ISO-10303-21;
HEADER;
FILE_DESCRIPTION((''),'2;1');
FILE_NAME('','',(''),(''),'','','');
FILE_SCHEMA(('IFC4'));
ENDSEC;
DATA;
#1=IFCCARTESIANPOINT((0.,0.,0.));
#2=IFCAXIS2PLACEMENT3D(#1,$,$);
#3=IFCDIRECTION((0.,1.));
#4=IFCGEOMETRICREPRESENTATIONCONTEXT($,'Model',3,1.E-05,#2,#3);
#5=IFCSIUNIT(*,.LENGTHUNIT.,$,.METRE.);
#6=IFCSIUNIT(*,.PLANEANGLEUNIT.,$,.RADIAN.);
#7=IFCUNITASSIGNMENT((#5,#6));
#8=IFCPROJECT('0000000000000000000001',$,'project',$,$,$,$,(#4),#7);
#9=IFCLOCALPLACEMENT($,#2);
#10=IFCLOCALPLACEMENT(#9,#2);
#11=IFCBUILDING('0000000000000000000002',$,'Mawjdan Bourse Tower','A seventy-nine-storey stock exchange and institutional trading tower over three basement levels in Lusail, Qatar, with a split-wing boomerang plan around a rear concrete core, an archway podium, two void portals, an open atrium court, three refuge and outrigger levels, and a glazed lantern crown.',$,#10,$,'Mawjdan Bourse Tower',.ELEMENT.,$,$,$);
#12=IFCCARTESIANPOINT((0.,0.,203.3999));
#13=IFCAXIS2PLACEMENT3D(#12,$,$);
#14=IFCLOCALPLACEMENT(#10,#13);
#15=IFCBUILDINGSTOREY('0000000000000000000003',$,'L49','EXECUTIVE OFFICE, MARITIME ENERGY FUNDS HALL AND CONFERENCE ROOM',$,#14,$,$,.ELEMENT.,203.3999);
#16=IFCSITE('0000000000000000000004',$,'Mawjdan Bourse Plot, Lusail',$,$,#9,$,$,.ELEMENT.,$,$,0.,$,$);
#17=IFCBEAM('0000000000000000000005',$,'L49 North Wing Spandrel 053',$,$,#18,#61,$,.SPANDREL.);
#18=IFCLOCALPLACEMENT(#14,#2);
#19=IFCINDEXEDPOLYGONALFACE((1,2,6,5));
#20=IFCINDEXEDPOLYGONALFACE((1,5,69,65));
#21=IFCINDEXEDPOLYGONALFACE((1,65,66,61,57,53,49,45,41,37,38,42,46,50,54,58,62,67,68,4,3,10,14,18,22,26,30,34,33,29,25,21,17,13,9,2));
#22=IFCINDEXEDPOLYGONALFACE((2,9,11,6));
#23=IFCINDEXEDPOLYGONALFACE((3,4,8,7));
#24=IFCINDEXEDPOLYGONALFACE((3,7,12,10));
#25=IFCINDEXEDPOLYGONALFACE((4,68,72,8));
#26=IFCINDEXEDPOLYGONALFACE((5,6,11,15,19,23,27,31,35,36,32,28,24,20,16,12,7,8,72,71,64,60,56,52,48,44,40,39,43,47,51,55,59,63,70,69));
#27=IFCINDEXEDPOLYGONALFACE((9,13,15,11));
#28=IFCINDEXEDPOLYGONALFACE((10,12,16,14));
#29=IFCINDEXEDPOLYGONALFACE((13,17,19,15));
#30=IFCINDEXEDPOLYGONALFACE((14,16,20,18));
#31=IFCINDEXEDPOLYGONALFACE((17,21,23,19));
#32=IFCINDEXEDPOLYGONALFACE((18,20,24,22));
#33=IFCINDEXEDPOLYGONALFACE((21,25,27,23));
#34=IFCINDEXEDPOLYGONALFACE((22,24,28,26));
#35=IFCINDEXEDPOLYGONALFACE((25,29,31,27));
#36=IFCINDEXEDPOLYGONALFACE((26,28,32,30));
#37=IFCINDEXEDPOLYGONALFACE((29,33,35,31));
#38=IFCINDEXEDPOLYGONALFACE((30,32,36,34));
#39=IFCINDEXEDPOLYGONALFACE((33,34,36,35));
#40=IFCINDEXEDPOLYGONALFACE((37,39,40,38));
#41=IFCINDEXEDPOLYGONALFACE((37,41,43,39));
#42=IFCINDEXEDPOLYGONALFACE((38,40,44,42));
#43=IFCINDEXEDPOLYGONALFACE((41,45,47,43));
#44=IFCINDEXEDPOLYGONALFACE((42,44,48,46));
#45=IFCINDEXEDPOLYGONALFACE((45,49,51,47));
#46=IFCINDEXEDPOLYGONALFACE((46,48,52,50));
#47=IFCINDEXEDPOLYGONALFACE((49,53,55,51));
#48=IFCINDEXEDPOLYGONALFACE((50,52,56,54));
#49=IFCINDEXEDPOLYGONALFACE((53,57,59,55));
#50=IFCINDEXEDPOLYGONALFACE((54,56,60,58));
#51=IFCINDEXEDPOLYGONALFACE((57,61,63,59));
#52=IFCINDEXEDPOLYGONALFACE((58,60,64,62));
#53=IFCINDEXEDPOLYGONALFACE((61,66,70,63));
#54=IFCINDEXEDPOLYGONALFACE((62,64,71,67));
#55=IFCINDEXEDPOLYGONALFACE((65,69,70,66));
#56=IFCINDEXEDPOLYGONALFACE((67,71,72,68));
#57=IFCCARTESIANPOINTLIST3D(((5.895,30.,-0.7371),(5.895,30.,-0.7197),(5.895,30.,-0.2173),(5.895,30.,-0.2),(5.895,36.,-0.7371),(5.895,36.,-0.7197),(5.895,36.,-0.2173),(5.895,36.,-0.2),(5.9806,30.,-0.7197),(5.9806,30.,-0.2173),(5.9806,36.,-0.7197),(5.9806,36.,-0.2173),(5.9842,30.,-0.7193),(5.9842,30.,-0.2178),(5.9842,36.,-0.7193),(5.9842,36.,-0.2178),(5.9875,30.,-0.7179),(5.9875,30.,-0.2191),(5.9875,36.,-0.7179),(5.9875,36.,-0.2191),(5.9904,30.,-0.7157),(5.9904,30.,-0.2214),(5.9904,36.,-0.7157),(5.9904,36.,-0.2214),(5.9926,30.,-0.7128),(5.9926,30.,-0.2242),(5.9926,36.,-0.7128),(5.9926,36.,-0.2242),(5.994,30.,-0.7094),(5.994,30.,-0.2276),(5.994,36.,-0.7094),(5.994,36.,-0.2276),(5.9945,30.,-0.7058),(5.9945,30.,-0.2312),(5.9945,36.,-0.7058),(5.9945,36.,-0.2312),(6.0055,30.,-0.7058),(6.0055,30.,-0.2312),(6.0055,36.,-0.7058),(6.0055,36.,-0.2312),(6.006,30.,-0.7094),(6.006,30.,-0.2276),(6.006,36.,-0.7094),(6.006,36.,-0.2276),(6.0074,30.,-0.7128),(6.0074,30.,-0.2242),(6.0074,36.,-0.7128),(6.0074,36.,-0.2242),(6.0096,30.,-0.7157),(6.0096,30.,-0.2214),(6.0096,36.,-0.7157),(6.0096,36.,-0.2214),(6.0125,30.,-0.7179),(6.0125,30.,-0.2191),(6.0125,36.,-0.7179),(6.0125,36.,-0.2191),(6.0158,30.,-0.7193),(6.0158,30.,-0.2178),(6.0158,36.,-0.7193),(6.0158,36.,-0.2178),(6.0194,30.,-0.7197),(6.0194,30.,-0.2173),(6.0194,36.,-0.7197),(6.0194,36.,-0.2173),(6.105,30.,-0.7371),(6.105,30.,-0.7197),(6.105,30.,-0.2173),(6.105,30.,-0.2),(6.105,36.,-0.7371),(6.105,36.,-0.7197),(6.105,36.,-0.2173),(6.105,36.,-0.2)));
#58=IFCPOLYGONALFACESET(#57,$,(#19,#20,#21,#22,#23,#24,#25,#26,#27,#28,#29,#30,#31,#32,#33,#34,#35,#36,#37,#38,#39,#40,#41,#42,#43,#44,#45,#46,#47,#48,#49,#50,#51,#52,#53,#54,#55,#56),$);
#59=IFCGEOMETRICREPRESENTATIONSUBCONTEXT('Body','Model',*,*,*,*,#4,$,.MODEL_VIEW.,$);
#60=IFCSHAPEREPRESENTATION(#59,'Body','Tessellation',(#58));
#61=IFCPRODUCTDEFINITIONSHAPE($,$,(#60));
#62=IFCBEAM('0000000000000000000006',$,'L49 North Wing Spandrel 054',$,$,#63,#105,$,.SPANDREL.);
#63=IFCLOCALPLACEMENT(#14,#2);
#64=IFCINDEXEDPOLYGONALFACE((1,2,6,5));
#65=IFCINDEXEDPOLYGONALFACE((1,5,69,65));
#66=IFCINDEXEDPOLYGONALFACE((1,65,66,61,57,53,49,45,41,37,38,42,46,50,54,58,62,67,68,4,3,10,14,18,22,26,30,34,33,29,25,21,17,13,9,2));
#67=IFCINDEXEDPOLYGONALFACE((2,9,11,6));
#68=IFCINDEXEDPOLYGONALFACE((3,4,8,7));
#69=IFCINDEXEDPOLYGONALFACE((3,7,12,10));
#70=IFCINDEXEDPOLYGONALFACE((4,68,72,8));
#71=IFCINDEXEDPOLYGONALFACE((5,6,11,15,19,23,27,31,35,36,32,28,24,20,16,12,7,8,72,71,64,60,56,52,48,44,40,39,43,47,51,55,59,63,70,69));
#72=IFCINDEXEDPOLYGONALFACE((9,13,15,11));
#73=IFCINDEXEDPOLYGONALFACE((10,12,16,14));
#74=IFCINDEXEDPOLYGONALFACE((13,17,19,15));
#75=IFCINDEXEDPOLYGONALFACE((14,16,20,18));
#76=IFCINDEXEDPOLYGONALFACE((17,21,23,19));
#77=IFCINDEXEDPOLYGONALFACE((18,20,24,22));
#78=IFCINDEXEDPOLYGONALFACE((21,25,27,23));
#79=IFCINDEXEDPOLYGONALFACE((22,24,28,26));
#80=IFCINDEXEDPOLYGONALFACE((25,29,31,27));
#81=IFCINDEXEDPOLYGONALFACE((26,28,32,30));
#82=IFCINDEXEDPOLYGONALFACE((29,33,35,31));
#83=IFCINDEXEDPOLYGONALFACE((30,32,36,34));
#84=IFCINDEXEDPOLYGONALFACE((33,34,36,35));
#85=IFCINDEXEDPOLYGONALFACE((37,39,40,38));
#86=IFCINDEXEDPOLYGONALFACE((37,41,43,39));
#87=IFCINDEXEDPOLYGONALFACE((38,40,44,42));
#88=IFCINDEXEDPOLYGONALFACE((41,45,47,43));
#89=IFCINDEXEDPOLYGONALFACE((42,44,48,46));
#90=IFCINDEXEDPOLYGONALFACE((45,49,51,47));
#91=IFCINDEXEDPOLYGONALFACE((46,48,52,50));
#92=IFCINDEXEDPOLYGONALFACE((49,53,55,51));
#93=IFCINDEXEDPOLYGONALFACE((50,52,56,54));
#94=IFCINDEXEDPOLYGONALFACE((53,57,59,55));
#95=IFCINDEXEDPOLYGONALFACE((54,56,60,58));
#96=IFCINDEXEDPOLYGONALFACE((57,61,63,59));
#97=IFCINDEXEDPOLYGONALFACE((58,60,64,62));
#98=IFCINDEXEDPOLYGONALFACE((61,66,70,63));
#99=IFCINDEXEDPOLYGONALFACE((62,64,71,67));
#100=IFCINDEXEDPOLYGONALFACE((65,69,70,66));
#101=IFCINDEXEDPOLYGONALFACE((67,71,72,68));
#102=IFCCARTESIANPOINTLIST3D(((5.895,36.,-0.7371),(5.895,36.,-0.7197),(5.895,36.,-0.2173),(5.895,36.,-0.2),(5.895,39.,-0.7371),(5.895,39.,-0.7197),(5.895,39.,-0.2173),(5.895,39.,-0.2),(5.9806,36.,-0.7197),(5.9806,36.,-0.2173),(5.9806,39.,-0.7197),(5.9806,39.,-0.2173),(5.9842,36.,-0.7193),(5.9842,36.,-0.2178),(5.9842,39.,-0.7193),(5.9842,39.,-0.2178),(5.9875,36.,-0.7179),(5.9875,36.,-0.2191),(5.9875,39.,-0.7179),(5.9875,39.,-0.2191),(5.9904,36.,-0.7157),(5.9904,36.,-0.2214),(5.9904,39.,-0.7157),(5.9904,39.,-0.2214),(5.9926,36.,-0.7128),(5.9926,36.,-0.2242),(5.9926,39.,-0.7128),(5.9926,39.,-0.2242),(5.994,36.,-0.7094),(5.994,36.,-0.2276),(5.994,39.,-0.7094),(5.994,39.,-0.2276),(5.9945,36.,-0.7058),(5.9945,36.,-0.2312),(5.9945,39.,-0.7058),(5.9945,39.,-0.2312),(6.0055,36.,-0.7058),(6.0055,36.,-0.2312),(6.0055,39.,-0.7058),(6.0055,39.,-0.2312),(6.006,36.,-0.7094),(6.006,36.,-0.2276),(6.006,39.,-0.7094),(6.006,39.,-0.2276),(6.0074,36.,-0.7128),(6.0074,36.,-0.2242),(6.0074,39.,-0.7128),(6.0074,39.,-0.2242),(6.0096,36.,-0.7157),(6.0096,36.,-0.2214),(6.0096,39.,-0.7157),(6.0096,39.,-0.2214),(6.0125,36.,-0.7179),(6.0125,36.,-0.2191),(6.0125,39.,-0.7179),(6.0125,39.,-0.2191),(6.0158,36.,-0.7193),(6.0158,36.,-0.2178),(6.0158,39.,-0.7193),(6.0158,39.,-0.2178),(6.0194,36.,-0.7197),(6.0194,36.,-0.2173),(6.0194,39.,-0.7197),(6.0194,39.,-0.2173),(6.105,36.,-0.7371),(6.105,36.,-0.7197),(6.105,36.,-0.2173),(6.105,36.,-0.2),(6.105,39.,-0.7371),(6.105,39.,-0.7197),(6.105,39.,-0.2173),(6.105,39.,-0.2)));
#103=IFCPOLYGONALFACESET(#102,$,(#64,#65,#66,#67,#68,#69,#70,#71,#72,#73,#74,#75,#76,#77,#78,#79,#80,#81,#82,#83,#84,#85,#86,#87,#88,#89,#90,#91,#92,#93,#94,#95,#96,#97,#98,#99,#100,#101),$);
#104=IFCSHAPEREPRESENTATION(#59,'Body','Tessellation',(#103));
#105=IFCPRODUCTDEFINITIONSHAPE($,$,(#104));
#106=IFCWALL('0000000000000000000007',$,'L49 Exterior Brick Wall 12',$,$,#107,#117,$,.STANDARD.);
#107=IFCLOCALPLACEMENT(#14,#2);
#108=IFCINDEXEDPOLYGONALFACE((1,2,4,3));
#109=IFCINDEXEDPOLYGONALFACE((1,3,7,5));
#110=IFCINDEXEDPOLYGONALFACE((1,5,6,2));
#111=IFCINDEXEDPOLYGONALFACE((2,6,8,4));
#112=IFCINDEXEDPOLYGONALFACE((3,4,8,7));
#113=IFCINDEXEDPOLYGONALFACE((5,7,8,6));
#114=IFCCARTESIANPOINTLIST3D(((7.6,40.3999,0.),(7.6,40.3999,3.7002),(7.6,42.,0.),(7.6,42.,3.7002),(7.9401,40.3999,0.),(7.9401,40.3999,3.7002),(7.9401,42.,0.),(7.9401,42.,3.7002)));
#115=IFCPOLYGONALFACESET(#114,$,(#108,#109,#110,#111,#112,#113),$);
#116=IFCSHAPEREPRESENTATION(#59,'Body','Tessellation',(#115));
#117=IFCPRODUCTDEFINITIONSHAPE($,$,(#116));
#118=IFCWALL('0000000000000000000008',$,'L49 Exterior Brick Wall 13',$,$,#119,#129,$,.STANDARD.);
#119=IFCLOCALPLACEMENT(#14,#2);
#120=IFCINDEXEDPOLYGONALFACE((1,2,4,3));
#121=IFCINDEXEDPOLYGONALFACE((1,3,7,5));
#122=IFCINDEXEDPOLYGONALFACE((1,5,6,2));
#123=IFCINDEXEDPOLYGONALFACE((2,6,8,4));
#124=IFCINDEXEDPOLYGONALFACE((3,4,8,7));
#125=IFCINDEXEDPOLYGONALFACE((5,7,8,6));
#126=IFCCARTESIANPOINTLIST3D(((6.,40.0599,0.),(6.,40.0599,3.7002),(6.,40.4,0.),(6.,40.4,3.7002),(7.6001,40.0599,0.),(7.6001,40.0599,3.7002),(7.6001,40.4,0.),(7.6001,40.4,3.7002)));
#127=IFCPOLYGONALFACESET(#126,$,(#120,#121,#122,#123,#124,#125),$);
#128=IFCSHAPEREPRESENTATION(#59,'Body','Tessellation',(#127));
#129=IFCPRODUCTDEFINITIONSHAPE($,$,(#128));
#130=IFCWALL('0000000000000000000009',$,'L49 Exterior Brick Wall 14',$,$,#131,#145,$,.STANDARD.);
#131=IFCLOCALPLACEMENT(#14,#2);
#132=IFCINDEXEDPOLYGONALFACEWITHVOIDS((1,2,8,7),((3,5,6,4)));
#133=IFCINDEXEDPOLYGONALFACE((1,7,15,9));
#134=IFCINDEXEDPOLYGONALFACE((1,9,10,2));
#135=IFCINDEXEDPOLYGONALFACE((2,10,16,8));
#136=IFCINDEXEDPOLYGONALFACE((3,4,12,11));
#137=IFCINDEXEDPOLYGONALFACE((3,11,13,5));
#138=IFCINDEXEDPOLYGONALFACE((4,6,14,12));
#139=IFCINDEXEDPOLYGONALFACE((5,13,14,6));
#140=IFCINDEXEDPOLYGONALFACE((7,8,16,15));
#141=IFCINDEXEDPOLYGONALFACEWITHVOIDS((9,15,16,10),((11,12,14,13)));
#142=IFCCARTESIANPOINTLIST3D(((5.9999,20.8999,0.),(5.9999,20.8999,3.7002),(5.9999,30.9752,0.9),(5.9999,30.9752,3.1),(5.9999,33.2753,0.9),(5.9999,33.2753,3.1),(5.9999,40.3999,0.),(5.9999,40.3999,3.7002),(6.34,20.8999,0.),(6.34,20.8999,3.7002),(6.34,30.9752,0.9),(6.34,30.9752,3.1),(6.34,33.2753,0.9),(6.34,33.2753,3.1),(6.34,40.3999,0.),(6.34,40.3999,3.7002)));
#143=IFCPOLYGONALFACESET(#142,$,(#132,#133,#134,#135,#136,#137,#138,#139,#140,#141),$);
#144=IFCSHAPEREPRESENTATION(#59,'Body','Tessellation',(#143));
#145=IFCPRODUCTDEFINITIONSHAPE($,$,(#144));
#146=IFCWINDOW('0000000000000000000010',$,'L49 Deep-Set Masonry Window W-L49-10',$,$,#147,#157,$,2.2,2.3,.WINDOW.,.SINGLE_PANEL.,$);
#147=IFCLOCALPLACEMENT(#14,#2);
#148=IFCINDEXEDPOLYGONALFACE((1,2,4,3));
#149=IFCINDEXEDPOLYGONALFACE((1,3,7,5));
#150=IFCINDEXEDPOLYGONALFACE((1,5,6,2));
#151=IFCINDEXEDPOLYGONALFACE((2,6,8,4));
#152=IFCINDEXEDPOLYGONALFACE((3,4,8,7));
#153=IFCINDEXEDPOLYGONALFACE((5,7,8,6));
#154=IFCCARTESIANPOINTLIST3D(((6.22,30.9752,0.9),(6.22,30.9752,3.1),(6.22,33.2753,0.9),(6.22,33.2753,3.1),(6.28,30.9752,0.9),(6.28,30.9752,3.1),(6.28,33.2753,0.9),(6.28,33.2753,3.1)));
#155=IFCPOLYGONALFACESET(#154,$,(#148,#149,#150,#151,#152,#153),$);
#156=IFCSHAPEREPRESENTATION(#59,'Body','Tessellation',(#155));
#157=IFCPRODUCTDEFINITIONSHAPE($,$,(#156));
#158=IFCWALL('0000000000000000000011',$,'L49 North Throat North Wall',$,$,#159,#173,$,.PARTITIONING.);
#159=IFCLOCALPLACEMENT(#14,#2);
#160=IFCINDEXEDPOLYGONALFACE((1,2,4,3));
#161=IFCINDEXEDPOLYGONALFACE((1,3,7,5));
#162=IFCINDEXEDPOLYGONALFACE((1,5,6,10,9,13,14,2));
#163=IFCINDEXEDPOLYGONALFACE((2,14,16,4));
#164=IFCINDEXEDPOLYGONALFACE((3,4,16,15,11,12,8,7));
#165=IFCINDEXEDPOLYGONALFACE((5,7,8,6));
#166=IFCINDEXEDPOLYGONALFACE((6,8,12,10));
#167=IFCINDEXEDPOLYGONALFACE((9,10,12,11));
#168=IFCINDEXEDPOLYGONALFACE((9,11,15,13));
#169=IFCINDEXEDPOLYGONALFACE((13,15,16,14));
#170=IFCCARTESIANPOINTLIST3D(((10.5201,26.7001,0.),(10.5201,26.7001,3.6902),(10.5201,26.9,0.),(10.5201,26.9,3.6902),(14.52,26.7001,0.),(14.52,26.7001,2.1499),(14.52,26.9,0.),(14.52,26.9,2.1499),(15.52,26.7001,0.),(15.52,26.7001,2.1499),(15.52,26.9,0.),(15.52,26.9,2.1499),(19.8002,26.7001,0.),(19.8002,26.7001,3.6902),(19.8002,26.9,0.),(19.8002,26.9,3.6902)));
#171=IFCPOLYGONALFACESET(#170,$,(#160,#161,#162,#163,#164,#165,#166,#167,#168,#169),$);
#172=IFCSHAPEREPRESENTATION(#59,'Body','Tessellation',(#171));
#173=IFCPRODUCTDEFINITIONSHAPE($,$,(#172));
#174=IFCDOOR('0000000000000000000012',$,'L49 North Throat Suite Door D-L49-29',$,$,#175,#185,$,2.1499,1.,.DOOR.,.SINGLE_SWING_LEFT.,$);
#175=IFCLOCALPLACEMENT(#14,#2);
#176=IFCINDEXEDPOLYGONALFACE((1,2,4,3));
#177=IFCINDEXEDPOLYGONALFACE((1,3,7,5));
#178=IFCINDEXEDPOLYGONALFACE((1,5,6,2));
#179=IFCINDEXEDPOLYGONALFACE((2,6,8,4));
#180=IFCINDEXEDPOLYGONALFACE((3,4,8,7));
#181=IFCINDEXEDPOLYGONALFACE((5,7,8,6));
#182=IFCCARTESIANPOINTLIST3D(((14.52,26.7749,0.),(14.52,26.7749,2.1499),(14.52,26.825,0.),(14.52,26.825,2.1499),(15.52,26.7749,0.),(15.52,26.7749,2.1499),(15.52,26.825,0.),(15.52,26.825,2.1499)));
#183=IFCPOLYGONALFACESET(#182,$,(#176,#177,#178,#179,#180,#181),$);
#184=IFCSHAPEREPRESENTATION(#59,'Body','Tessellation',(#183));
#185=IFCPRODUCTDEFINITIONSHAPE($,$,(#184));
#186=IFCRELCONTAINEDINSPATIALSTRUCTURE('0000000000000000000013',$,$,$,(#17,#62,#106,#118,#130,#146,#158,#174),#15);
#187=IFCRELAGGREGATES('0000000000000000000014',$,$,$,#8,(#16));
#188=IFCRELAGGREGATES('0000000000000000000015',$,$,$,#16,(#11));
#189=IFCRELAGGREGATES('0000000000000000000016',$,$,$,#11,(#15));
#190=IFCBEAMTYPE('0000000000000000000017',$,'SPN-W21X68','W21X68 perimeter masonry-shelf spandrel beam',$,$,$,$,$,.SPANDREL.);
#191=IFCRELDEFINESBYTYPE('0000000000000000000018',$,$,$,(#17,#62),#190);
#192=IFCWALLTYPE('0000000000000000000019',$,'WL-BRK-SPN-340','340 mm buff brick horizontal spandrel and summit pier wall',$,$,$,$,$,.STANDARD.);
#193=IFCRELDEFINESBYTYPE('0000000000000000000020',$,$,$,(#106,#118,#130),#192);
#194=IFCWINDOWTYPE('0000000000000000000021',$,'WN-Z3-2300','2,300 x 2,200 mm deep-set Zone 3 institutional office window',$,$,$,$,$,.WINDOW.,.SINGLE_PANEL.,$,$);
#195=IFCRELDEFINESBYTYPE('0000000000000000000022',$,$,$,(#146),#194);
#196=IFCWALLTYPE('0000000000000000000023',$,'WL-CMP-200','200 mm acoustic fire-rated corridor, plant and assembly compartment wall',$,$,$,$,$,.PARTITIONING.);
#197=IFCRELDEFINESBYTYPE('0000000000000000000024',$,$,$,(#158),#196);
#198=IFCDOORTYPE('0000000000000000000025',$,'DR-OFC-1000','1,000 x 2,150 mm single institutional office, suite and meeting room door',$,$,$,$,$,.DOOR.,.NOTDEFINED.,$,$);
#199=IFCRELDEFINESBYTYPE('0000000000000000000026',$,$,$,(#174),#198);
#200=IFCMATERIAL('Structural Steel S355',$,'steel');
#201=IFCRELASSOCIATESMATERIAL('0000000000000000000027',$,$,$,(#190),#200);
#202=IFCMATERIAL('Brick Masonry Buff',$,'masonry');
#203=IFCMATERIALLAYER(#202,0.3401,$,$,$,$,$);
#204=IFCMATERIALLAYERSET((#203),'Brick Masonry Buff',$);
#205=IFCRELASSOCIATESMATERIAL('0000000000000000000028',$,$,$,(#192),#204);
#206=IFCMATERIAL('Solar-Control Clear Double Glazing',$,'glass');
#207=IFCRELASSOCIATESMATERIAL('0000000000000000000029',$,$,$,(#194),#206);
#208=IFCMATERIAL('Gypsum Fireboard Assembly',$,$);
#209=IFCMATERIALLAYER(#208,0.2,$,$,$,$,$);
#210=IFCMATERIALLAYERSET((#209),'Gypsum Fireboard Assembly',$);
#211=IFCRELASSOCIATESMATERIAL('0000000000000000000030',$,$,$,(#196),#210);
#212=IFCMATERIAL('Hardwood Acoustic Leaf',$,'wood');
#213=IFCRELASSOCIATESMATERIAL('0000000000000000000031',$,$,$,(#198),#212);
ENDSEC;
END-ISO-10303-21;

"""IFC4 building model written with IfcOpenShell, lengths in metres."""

from ifc_helpers import new_model, si_unit, direction, frame, frame_2d, origin, origin_2d, place, context, subcontext, project, spatial, rectangle, i_section, extrude, material, layer, layer_set, material_profile, profile_set, type_object, element, fill, save


model = new_model("IFC4")

# Units and contexts
model_context = context("Model", 3, precision=1e-05, world=origin(), true_north=direction((0.0, 1.0)))
body_context = subcontext(model_context, "Body", "Model", "MODEL_VIEW")
ifc_project = project(units=[si_unit("LENGTHUNIT", "METRE"), si_unit("PLANEANGLEUNIT", "RADIAN")], contexts=[model_context])

# Site, building, storey
site_placement = place(None, origin())
site = spatial("IfcSite", under=ifc_project, at=site_placement, Name="Mawjdan Bourse Plot, Lusail", CompositionType="ELEMENT", RefElevation=0.0)
building_placement = place(site_placement, origin())
building = spatial("IfcBuilding", under=site, at=building_placement, Name="Mawjdan Bourse Tower", Description="A seventy-nine-storey stock exchange and institutional trading tower over three basement levels in Lusail, Qatar, with a split-wing boomerang plan around a rear concrete core, an archway podium, two void portals, an open atrium court, three refuge and outrigger levels, and a glazed lantern crown.", LongName="Mawjdan Bourse Tower", CompositionType="ELEMENT")
storey_placement = place(building_placement, frame((0.0, 0.0, 203.3999)))
storey = spatial("IfcBuildingStorey", under=building, at=storey_placement, Name="L49", Description="EXECUTIVE OFFICE, MARITIME ENERGY FUNDS HALL AND CONFERENCE ROOM", CompositionType="ELEMENT", Elevation=203.3999)

# Beams
ifc_material_1 = material(Name="Structural Steel S355", Category="steel")
ifc_material_profile_1 = material_profile(ifc_material_1, i_section(OverallWidth=0.21, OverallDepth=0.5371, WebThickness=0.011, FlangeThickness=0.0173, FilletRadius=0.0139, at=origin_2d()), Name="W21X68")
ifc_profile_set_1 = profile_set([ifc_material_profile_1], Name="Structural Steel S355")
beam_type_1 = type_object("IfcBeamType", Name="SPN-W21X68", Description="W21X68 perimeter masonry-shelf spandrel beam", PredefinedType="SPANDREL", material=ifc_profile_set_1)
beam_1_placement = place(storey_placement, frame((6.0, 30.0, -0.4685), z_axis=(0.0, 1.0, 0.0), x_axis=(-1.0, 0.0, 0.0)))
element("IfcBeam", 1, at=beam_1_placement, inside=storey, type_object=beam_type_1, Name="L49 North Wing Spandrel 053", PredefinedType="SPANDREL", context=body_context, shape_type="SweptSolid", body=[
    extrude(i_section(OverallWidth=0.21, OverallDepth=0.5371, WebThickness=0.011, FlangeThickness=0.0173, FilletRadius=0.0139, at=origin_2d()), origin(), (0.0, 0.0, 1.0), 6.0),
])
beam_2_placement = place(storey_placement, frame((6.0, 36.0, -0.4685), z_axis=(0.0, 1.0, 0.0), x_axis=(-1.0, 0.0, 0.0)))
element("IfcBeam", 2, at=beam_2_placement, inside=storey, type_object=beam_type_1, Name="L49 North Wing Spandrel 054", PredefinedType="SPANDREL", context=body_context, shape_type="SweptSolid", body=[
    extrude(i_section(OverallWidth=0.21, OverallDepth=0.5371, WebThickness=0.011, FlangeThickness=0.0173, FilletRadius=0.0139, at=origin_2d()), origin(), (0.0, 0.0, 1.0), 3.0),
])

# Walls
ifc_material_2 = material(Name="Brick Masonry Buff", Category="masonry")
ifc_layer_1 = layer(ifc_material_2, 0.3401)
ifc_layer_set_1 = layer_set([ifc_layer_1], Name="Brick Masonry Buff")
wall_type_1 = type_object("IfcWallType", Name="WL-BRK-SPN-340", Description="340 mm buff brick horizontal spandrel and summit pier wall", PredefinedType="STANDARD", material=ifc_layer_set_1)
for number, where, z_axis, x_axis, name in (
    (3, (7.77, 42.0, 0.0), (0.0, 0.0, 1.0), (0.0, -1.0, 0.0), "L49 Exterior Brick Wall 12"),
    (4, (7.6001, 40.23, 0.0), (0.0, 0.0, 1.0), (-1.0, 0.0, 0.0), "L49 Exterior Brick Wall 13"),
):
    element("IfcWall", number, at=place(storey_placement, frame(where, z_axis=z_axis, x_axis=x_axis)), inside=storey, type_object=wall_type_1, Name=name, PredefinedType="STANDARD", context=body_context, shape_type="SweptSolid", body=[
        extrude(rectangle(XDim=1.6001, YDim=0.3401, at=frame_2d((0.8, 0.0))), origin(), (0.0, 0.0, 1.0), 3.7002),
    ])

# Wall, opening, window
wall_1_placement = place(storey_placement, frame((6.1699, 40.3999, 0.0), z_axis=(0.0, 0.0, 1.0), x_axis=(0.0, -1.0, 0.0)))
wall_1 = element("IfcWall", 5, at=wall_1_placement, inside=storey, type_object=wall_type_1, Name="L49 Exterior Brick Wall 14", PredefinedType="STANDARD", context=body_context, shape_type="SweptSolid", body=[
    extrude(rectangle(XDim=19.5, YDim=0.3401, at=frame_2d((9.75, 0.0))), origin(), (0.0, 0.0, 1.0), 3.7002),
])
opening_1_placement = place(wall_1_placement, frame((7.1248, 0.0, 0.8999)))
opening_1 = element("IfcOpeningElement", 6, at=opening_1_placement, cuts=wall_1, PredefinedType="OPENING", context=body_context, shape_type="SweptSolid", body=[
    extrude(rectangle(XDim=2.3, YDim=2.2, at=frame_2d((1.1499, 1.1001))), frame((0.0, 0.1802, 0.0), z_axis=(0.0, -1.0, 0.0), x_axis=(1.0, 0.0, 0.0)), (0.0, 0.0, 1.0), 0.3601),
])
ifc_material_3 = material(Name="Solar-Control Clear Double Glazing", Category="glass")
window_type = type_object("IfcWindowType", Name="WN-Z3-2300", Description="2,300 x 2,200 mm deep-set Zone 3 institutional office window", PartitioningType="SINGLE_PANEL", PredefinedType="WINDOW", material=ifc_material_3)
window_placement = place(opening_1_placement, origin())
window = element("IfcWindow", 7, at=window_placement, inside=storey, type_object=window_type, Name="L49 Deep-Set Masonry Window W-L49-10", OverallHeight=2.2, OverallWidth=2.3, PartitioningType="SINGLE_PANEL", PredefinedType="WINDOW", context=body_context, shape_type="SweptSolid", body=[
    extrude(rectangle(XDim=2.3, YDim=2.2, at=frame_2d((1.1499, 1.1001))), frame((0.0, 0.1101, 0.0), z_axis=(0.0, -1.0, 0.0), x_axis=(1.0, 0.0, 0.0)), (0.0, 0.0, 1.0), 0.0601),
])
fill(opening_1, window)

# Wall, opening, door
ifc_material_4 = material(Name="Gypsum Fireboard Assembly")
ifc_layer_2 = layer(ifc_material_4, 0.2)
ifc_layer_set_2 = layer_set([ifc_layer_2], Name="Gypsum Fireboard Assembly")
wall_type_2 = type_object("IfcWallType", Name="WL-CMP-200", Description="200 mm acoustic fire-rated corridor, plant and assembly compartment wall", PredefinedType="PARTITIONING", material=ifc_layer_set_2)
wall_2_placement = place(storey_placement, frame((10.52, 26.8, 0.0), z_axis=(0.0, 0.0, 1.0), x_axis=(1.0, 0.0, 0.0)))
wall_2 = element("IfcWall", 8, at=wall_2_placement, inside=storey, type_object=wall_type_2, Name="L49 North Throat North Wall", PredefinedType="PARTITIONING", context=body_context, shape_type="SweptSolid", body=[
    extrude(rectangle(XDim=9.28, YDim=0.2, at=frame_2d((4.6401, 0.0))), origin(), (0.0, 0.0, 1.0), 3.6902),
])
opening_2_placement = place(wall_2_placement, frame((4.0, 0.0, 0.0)))
opening_2 = element("IfcOpeningElement", 9, at=opening_2_placement, cuts=wall_2, PredefinedType="OPENING", context=body_context, shape_type="SweptSolid", body=[
    extrude(rectangle(XDim=1.0, YDim=2.1499, at=frame_2d((0.5, 1.075))), frame((0.0, 0.1099, 0.0), z_axis=(0.0, -1.0, 0.0), x_axis=(1.0, 0.0, 0.0)), (0.0, 0.0, 1.0), 0.22),
])
ifc_material_5 = material(Name="Hardwood Acoustic Leaf", Category="wood")
door_type = type_object("IfcDoorType", Name="DR-OFC-1000", Description="1,000 x 2,150 mm single institutional office, suite and meeting room door", OperationType="NOTDEFINED", PredefinedType="DOOR", material=ifc_material_5)
door_1_placement = place(opening_2_placement, origin())
door_1 = element("IfcDoor", 10, at=door_1_placement, inside=storey, type_object=door_type, Name="L49 North Throat Suite Door D-L49-29", OperationType="SINGLE_SWING_LEFT", OverallHeight=2.1499, OverallWidth=1.0, PredefinedType="DOOR", context=body_context, shape_type="SweptSolid", body=[
    extrude(rectangle(XDim=1.0, YDim=2.1499, at=frame_2d((0.5, 1.075))), frame((0.0, 0.0249, 0.0), z_axis=(0.0, -1.0, 0.0), x_axis=(1.0, 0.0, 0.0)), (0.0, 0.0, 1.0), 0.05),
])
fill(opening_2, door_1)

save(model, "model.ifc")
